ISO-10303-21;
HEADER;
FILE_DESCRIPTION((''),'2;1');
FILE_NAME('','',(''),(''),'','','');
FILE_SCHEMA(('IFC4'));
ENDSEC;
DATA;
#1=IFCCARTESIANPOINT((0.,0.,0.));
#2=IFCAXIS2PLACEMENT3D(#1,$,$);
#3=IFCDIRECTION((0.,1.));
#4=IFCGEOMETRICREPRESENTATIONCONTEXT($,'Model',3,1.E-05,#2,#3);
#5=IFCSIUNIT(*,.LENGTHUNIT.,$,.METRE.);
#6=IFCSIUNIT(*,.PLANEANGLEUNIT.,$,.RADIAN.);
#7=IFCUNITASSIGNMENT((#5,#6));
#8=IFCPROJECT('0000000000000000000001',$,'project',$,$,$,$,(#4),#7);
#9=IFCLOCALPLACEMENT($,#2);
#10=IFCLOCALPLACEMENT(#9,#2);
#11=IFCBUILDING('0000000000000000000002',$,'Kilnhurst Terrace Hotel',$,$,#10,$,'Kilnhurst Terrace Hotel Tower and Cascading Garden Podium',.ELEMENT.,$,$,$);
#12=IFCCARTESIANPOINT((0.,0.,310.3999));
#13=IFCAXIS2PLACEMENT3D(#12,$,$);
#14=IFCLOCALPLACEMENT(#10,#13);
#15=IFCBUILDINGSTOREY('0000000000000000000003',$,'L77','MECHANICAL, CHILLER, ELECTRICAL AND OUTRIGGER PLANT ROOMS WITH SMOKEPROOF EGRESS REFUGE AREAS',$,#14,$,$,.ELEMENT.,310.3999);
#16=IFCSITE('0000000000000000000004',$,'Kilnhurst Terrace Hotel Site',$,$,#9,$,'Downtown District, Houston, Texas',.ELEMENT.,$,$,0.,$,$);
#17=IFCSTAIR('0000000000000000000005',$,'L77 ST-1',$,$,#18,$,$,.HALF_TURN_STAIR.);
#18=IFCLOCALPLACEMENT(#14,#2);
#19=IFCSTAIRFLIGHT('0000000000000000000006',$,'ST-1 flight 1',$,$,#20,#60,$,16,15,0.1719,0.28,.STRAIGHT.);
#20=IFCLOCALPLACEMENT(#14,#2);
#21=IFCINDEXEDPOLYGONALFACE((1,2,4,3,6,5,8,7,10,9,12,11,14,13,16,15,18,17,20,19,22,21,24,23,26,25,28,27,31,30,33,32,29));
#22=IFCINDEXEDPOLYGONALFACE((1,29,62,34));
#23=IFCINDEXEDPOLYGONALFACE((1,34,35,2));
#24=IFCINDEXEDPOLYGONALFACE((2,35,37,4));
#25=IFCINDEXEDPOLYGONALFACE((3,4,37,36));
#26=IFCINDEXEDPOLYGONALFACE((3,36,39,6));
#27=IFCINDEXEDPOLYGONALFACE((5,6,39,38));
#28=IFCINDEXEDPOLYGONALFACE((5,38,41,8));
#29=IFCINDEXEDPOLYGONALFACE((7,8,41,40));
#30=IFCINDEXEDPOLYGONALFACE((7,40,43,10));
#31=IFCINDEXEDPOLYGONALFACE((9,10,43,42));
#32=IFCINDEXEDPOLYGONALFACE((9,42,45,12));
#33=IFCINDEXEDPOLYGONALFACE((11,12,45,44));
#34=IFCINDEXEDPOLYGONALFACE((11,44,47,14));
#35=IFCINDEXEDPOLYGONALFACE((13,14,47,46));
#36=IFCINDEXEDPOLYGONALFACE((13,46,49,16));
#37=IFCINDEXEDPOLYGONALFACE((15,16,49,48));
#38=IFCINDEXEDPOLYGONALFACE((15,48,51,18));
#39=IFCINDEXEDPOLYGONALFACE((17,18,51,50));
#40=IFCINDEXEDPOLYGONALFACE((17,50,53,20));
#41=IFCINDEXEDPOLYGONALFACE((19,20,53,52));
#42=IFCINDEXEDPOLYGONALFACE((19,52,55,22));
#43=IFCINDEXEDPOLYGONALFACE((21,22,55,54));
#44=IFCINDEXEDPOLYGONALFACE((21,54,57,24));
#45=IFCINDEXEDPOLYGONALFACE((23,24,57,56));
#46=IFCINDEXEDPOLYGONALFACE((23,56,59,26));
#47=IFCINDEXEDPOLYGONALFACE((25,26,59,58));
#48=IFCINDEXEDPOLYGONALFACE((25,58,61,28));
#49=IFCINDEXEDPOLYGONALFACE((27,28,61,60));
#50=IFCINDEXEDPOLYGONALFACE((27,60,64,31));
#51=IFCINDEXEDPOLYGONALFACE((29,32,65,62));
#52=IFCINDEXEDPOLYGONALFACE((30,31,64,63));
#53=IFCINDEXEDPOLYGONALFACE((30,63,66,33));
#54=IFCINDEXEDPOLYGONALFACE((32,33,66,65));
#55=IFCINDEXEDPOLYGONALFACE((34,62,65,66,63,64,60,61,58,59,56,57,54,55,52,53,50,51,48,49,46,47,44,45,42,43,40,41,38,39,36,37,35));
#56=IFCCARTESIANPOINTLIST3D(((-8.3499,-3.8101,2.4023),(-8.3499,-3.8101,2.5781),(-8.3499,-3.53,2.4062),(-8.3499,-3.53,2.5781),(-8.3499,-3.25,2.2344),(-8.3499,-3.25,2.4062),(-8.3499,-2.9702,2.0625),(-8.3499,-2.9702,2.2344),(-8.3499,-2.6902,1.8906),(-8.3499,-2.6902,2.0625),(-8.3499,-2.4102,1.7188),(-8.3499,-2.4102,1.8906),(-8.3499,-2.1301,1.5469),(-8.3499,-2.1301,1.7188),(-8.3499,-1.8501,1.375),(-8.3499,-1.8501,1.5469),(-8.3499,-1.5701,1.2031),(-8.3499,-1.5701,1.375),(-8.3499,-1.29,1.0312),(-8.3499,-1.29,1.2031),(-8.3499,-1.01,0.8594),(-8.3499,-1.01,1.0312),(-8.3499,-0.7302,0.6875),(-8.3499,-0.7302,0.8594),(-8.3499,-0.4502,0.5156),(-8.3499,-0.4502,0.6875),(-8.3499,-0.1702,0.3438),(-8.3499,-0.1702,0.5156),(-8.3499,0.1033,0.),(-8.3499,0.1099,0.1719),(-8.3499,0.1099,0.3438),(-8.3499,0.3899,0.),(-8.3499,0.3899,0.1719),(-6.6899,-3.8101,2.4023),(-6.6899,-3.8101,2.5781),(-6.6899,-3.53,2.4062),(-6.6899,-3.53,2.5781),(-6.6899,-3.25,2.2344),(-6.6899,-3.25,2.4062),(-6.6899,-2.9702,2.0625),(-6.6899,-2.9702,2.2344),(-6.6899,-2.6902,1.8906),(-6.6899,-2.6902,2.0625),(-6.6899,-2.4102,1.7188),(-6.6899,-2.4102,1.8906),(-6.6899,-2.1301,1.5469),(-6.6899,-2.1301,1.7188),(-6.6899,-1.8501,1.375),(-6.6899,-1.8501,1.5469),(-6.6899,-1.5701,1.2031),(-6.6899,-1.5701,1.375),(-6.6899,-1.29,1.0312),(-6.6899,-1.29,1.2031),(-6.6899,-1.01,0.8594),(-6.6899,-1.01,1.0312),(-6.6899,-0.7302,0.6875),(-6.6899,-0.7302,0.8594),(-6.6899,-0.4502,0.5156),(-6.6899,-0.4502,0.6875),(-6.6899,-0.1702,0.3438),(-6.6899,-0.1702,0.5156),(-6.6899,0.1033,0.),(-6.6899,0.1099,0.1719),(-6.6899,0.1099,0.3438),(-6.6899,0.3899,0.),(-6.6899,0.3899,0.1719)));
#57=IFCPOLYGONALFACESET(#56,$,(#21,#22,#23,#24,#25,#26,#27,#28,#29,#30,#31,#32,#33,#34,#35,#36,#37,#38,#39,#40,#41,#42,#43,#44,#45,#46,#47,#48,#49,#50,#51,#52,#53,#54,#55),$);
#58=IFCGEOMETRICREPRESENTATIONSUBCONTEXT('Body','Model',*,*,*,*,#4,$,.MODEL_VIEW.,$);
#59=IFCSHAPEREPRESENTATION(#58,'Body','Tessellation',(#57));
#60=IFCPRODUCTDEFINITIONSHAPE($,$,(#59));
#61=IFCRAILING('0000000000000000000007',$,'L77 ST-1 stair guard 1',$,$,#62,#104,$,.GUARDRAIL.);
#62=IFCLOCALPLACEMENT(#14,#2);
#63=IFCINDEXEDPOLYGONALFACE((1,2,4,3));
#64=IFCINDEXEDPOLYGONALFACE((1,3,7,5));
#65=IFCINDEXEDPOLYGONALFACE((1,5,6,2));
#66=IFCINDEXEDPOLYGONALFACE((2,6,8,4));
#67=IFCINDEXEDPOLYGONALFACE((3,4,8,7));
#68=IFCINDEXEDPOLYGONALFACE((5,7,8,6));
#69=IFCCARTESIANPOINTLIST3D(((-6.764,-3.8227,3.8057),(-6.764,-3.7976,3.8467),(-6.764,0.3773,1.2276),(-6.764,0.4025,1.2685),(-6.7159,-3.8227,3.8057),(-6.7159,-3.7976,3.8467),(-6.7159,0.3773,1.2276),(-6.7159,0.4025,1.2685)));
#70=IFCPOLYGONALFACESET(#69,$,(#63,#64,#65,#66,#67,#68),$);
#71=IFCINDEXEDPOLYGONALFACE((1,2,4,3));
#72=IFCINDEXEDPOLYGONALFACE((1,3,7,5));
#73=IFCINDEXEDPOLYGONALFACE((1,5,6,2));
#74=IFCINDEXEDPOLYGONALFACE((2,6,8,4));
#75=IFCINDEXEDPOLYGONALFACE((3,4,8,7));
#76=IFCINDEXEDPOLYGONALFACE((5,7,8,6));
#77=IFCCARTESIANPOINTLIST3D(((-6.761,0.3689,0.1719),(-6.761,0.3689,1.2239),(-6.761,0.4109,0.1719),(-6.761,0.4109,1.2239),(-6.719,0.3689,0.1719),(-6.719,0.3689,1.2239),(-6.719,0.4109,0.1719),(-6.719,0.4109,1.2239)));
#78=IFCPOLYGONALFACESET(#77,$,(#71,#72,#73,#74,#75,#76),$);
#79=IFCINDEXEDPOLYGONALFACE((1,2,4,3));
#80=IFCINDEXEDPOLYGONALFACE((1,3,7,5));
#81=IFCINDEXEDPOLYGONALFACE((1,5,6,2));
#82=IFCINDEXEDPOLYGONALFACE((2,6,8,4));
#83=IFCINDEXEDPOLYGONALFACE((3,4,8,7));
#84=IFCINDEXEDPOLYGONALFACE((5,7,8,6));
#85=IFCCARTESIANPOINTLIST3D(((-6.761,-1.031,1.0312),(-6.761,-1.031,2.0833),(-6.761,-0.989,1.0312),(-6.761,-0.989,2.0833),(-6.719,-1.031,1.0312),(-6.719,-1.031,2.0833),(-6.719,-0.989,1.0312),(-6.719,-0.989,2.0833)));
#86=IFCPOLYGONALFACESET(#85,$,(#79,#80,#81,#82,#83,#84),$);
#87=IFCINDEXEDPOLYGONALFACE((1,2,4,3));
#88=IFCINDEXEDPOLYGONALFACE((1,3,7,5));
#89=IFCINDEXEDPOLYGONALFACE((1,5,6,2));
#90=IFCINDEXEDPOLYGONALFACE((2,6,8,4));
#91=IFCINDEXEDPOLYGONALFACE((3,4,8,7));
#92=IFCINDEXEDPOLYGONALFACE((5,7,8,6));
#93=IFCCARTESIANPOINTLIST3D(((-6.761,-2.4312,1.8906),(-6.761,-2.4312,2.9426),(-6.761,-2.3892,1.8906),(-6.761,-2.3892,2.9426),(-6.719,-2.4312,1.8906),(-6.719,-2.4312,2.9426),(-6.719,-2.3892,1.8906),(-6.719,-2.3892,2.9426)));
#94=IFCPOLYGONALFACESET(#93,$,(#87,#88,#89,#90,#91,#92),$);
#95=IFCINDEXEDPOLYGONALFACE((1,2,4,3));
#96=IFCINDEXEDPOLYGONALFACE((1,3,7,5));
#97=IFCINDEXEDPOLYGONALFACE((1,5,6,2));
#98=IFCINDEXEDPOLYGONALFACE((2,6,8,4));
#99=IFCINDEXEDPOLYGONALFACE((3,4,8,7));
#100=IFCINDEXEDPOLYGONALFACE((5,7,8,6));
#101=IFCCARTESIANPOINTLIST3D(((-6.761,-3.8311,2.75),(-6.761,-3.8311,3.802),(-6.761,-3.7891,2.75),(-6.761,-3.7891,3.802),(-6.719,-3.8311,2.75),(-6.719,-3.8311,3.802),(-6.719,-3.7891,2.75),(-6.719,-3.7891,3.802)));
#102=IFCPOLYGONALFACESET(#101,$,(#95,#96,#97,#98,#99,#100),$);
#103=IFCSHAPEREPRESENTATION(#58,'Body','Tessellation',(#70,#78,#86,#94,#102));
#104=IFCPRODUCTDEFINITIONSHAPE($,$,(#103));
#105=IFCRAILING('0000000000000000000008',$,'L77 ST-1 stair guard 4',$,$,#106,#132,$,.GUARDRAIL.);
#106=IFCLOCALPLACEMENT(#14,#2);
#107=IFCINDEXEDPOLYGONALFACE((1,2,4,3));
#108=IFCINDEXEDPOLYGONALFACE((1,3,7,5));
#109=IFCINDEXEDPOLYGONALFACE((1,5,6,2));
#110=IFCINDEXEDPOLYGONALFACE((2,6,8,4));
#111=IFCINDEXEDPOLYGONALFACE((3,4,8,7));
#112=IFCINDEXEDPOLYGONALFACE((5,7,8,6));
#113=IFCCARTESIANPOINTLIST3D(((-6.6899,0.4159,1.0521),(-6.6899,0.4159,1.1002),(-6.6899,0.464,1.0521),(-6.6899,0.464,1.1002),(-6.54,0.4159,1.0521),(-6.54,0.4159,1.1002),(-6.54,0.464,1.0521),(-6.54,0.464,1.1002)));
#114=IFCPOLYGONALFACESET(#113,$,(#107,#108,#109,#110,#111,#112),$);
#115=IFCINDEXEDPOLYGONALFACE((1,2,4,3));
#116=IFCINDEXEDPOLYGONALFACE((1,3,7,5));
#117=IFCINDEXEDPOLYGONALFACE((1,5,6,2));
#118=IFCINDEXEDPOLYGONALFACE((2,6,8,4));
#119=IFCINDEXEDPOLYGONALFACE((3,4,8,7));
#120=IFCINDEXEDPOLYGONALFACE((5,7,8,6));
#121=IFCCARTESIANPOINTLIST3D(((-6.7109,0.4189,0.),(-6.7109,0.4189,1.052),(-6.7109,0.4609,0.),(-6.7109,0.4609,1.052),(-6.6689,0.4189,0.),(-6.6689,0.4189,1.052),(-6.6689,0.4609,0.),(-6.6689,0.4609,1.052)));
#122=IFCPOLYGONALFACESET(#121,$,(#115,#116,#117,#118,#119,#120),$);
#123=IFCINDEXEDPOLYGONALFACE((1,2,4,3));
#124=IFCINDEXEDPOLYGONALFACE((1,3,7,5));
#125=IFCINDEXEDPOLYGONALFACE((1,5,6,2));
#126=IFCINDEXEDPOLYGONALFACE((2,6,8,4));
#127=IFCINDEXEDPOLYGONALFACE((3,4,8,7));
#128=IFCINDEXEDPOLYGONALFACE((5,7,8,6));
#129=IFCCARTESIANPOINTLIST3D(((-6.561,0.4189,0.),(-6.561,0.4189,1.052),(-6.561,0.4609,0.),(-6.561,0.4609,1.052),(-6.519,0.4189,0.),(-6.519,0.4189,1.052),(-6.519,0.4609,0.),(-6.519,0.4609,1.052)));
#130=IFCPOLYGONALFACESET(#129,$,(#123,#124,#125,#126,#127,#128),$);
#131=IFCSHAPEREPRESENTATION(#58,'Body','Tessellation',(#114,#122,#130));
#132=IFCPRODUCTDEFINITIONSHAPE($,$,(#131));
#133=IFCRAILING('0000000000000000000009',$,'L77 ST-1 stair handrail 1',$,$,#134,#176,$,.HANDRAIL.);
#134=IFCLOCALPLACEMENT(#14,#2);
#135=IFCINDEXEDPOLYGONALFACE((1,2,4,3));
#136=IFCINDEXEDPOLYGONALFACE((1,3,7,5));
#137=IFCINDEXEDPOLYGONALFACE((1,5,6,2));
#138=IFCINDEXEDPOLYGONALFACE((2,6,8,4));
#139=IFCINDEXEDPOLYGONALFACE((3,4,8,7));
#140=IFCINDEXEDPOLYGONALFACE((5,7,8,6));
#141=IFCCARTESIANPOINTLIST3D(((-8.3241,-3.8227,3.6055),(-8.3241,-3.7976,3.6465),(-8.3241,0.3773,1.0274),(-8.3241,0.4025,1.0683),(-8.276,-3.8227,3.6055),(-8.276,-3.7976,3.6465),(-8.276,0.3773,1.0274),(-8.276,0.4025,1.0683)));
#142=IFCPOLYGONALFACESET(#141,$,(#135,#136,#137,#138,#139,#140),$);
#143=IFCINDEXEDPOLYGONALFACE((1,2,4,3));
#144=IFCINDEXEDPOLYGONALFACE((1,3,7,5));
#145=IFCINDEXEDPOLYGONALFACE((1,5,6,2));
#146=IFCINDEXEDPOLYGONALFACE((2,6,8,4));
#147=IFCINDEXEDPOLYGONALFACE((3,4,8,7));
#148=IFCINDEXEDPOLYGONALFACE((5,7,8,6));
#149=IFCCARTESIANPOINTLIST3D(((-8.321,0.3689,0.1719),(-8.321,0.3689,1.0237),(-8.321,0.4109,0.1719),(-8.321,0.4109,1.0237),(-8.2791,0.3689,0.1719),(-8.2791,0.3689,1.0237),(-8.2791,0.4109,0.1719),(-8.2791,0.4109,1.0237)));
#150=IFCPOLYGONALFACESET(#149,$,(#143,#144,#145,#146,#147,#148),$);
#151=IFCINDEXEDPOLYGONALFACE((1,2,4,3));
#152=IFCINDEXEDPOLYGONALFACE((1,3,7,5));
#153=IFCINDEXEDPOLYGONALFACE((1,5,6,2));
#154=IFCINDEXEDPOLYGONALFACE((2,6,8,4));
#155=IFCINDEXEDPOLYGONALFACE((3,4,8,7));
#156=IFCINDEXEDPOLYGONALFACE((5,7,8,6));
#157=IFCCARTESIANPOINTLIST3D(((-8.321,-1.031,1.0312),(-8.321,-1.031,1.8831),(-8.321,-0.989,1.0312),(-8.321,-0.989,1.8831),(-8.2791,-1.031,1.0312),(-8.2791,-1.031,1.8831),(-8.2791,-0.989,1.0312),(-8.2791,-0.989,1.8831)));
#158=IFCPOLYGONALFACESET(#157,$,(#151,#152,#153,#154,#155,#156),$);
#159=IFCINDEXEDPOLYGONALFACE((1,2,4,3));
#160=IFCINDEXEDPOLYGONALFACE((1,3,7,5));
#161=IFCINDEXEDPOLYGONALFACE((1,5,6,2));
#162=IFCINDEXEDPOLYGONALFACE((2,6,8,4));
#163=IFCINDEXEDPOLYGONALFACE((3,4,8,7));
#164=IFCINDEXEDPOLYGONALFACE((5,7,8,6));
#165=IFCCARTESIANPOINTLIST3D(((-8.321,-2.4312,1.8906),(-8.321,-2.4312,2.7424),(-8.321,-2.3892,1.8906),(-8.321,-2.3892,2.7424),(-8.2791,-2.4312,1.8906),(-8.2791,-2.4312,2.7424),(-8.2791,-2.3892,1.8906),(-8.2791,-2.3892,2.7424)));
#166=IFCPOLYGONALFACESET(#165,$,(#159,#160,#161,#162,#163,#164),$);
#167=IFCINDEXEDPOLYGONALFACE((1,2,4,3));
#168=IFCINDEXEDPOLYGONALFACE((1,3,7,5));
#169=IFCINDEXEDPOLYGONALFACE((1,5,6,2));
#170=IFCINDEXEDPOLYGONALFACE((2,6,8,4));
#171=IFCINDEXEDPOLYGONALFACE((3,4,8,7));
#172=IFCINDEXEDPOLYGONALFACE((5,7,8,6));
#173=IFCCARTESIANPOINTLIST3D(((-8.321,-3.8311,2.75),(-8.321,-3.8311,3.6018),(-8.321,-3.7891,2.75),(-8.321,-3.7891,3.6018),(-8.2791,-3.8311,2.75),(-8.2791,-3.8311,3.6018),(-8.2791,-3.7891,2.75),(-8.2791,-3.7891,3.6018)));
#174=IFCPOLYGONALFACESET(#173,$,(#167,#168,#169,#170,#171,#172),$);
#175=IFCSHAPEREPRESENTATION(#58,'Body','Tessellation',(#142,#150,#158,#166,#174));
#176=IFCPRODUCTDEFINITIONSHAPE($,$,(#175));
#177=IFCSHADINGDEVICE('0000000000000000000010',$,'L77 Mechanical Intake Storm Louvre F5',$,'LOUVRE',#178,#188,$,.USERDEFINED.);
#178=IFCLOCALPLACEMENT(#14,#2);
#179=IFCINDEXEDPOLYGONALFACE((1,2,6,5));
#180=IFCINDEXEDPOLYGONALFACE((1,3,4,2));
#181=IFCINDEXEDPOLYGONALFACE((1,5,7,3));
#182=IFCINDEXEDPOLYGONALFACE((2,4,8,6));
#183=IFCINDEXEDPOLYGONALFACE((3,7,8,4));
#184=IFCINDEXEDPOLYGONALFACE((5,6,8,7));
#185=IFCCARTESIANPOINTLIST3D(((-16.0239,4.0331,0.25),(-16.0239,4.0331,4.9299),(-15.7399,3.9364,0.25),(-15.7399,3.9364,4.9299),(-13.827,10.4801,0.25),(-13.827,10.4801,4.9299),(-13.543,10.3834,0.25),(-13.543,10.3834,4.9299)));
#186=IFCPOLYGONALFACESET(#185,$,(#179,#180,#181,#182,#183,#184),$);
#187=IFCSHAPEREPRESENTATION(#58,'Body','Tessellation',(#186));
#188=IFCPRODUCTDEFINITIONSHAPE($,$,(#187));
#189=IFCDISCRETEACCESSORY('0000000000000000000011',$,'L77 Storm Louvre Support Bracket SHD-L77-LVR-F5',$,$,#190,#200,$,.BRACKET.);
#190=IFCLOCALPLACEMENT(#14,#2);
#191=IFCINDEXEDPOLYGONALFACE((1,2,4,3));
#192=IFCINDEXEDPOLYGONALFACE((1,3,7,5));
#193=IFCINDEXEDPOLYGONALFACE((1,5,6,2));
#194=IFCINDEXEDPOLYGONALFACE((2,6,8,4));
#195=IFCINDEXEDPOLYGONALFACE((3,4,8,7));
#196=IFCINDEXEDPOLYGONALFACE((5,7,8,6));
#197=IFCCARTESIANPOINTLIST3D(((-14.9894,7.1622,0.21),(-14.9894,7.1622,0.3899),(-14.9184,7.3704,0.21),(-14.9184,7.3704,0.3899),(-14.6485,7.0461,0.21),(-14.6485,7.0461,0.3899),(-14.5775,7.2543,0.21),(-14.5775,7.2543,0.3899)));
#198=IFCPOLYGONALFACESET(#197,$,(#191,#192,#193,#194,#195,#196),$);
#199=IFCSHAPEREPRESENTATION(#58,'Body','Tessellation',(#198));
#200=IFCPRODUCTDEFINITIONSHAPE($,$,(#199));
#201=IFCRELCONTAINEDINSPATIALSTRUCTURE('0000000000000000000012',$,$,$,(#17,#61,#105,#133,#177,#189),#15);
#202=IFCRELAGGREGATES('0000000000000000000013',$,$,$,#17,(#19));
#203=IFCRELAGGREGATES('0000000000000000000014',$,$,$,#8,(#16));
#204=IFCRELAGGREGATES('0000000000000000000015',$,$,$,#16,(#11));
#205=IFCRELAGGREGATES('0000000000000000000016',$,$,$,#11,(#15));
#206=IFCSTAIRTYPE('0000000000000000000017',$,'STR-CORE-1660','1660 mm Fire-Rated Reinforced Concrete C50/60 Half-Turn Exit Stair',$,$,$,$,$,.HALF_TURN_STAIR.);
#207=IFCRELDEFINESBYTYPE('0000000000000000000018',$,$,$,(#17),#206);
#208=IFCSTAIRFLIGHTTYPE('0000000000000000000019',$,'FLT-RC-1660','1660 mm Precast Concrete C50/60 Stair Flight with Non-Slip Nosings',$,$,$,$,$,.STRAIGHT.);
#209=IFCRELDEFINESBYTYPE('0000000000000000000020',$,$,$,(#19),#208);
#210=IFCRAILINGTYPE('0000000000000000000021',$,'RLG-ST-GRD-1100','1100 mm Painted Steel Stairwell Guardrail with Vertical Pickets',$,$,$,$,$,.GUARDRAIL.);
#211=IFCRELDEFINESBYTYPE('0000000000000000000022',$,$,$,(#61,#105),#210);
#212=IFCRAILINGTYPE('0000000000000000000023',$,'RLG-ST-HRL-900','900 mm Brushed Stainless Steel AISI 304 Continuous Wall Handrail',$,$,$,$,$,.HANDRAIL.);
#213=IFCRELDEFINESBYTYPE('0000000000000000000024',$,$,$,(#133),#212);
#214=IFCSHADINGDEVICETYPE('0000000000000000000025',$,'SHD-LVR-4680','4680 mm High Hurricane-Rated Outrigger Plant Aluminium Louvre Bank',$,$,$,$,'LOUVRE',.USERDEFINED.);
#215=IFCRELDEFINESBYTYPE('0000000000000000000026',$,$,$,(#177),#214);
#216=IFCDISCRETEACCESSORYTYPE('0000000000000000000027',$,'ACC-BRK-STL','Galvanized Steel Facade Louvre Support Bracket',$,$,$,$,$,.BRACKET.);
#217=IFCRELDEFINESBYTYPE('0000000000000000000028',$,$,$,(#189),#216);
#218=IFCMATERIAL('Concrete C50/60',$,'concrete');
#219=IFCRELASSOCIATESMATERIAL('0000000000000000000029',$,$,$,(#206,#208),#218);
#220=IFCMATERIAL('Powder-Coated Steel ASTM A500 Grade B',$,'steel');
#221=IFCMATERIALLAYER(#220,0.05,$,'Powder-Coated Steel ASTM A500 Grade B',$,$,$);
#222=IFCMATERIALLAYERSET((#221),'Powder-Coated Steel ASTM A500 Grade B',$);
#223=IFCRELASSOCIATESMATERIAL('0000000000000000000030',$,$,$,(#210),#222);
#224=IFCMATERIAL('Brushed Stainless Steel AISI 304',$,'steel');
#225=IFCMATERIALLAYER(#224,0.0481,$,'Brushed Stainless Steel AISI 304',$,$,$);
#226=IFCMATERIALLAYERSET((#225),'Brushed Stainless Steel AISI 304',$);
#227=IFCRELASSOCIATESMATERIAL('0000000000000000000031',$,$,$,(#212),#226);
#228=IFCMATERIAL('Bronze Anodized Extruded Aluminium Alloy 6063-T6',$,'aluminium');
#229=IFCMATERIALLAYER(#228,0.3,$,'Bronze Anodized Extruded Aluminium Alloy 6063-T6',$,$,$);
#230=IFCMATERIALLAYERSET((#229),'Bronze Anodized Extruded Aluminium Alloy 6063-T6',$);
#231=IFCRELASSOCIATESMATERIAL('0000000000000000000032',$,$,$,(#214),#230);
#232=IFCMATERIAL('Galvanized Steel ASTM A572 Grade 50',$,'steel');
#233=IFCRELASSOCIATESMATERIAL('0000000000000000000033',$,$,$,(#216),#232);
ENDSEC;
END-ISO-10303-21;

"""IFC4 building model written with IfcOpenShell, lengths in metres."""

from ifc_helpers import new_model, si_unit, direction, frame, origin, origin_2d, place, context, subcontext, project, spatial, polyline, rectangle, outline, extrude, material, layer, layer_set, type_object, element, aggregate, save


model = new_model("IFC4")

# Units and contexts
model_context = context("Model", 3, precision=1e-05, world=origin(), true_north=direction((0.0, 1.0)))
body_context = subcontext(model_context, "Body", "Model", "MODEL_VIEW")
ifc_project = project(units=[si_unit("LENGTHUNIT", "METRE"), si_unit("PLANEANGLEUNIT", "RADIAN")], contexts=[model_context])

# Site, building, storey
site_placement = place(None, origin())
site = spatial("IfcSite", under=ifc_project, at=site_placement, Name="Kilnhurst Terrace Hotel Site", LongName="Downtown District, Houston, Texas", CompositionType="ELEMENT", RefElevation=0.0)
building_placement = place(site_placement, origin())
building = spatial("IfcBuilding", under=site, at=building_placement, Name="Kilnhurst Terrace Hotel", LongName="Kilnhurst Terrace Hotel Tower and Cascading Garden Podium", CompositionType="ELEMENT")
storey_placement = place(building_placement, frame((0.0, 0.0, 310.3999)))
storey = spatial("IfcBuildingStorey", under=building, at=storey_placement, Name="L77", Description="MECHANICAL, CHILLER, ELECTRICAL AND OUTRIGGER PLANT ROOMS WITH SMOKEPROOF EGRESS REFUGE AREAS", CompositionType="ELEMENT", Elevation=310.3999)

# Shared definitions
ifc_material_1 = material(Name="Concrete C50/60", Category="concrete")

# Stair, stair flight
stair_type = type_object("IfcStairType", Name="STR-CORE-1660", Description="1660 mm Fire-Rated Reinforced Concrete C50/60 Half-Turn Exit Stair", PredefinedType="HALF_TURN_STAIR", material=ifc_material_1)
stair_placement = place(storey_placement, origin())
stair = element("IfcStair", 1, at=stair_placement, inside=storey, type_object=stair_type, Name="L77 ST-1", PredefinedType="HALF_TURN_STAIR")
stair_flight_type = type_object("IfcStairFlightType", Name="FLT-RC-1660", Description="1660 mm Precast Concrete C50/60 Stair Flight with Non-Slip Nosings", PredefinedType="STRAIGHT", material=ifc_material_1)
stair_flight_placement = place(storey_placement, frame((-7.52, 0.3899, 0.0), z_axis=(0.0, 0.0, 1.0), x_axis=(0.0, -1.0, 0.0)))
stair_flight = element("IfcStairFlight", 2, at=stair_flight_placement, type_object=stair_flight_type, Name="ST-1 flight 1", NumberOfRisers=16, NumberOfTreads=15, PredefinedType="STRAIGHT", RiserHeight=0.1719, TreadLength=0.28, context=body_context, shape_type="SweptSolid", body=[
    extrude(outline(polyline([(0.0, 0.0), (0.0, 0.1719), (0.28, 0.1719), (0.28, 0.3438), (0.5601, 0.3438), (0.5601, 0.5156), (0.8401, 0.5156), (0.8401, 0.6875), (1.1201, 0.6875), (1.1201, 0.8594), (1.3999, 0.8594), (1.3999, 1.0312), (1.6799, 1.0312), (1.6799, 1.2031), (1.96, 1.2031), (1.96, 1.375), (2.24, 1.375), (2.24, 1.5469), (2.52, 1.5469), (2.52, 1.7188), (2.8, 1.7188), (2.8, 1.8906), (3.0801, 1.8906), (3.0801, 2.0625), (3.3601, 2.0625), (3.3601, 2.2344), (3.6399, 2.2344), (3.6399, 2.4062), (3.9199, 2.4062), (3.9199, 2.5781), (4.2, 2.5781), (4.2, 2.75), (4.2, 2.4023), (0.2866, 0.0), (0.0, 0.0)])), frame((0.0, 0.8301, 0.0), z_axis=(0.0, -1.0, 0.0), x_axis=(1.0, 0.0, 0.0)), (0.0, 0.0, 1.0), 1.6599),
])
aggregate(stair, [stair_flight])

# Railings
ifc_material_2 = material(Name="Powder-Coated Steel ASTM A500 Grade B", Category="steel")
ifc_layer_1 = layer(ifc_material_2, 0.05, Name="Powder-Coated Steel ASTM A500 Grade B")
ifc_layer_set_1 = layer_set([ifc_layer_1], Name="Powder-Coated Steel ASTM A500 Grade B")
railing_type_1 = type_object("IfcRailingType", Name="RLG-ST-GRD-1100", Description="1100 mm Painted Steel Stairwell Guardrail with Vertical Pickets", PredefinedType="GUARDRAIL", material=ifc_layer_set_1)
railing_1_placement = place(storey_placement, frame((-6.74, 0.3899, 0.1719)))
element("IfcRailing", 3, at=railing_1_placement, inside=storey, type_object=railing_type_1, Name="L77 ST-1 stair guard 1", PredefinedType="GUARDRAIL", context=body_context, shape_type="SweptSolid", body=[
    extrude(rectangle(XDim=0.0481, YDim=0.0481, at=origin_2d()), frame((0.0, 0.0, 1.0762), z_axis=(0.0, -0.852243, 0.523146), x_axis=(1.0, 0.0, 0.0)), (0.0, 0.0, 1.0), 4.9282),
    extrude(rectangle(XDim=0.042, YDim=0.042, at=origin_2d()), origin(), (0.0, 0.0, 1.0), 1.052),
    extrude(rectangle(XDim=0.042, YDim=0.042, at=origin_2d()), frame((0.0, -1.3999, 0.8594)), (0.0, 0.0, 1.0), 1.052),
    extrude(rectangle(XDim=0.042, YDim=0.042, at=origin_2d()), frame((0.0, -2.8, 1.7188)), (0.0, 0.0, 1.0), 1.052),
    extrude(rectangle(XDim=0.042, YDim=0.042, at=origin_2d()), frame((0.0, -4.2, 2.5781)), (0.0, 0.0, 1.0), 1.052),
])
railing_2_placement = place(storey_placement, frame((-6.6899, 0.4399, 0.0)))
element("IfcRailing", 4, at=railing_2_placement, inside=storey, type_object=railing_type_1, Name="L77 ST-1 stair guard 4", PredefinedType="GUARDRAIL", context=body_context, shape_type="SweptSolid", body=[
    extrude(rectangle(XDim=0.0481, YDim=0.0481, at=origin_2d()), frame((0.0, 0.0, 1.0762), z_axis=(1.0, 0.0, 0.0), x_axis=(0.0, 1.0, 0.0)), (0.0, 0.0, 1.0), 0.1499),
    extrude(rectangle(XDim=0.042, YDim=0.042, at=origin_2d()), origin(), (0.0, 0.0, 1.0), 1.052),
    extrude(rectangle(XDim=0.042, YDim=0.042, at=origin_2d()), frame((0.1499, 0.0, 0.0)), (0.0, 0.0, 1.0), 1.052),
])
ifc_material_3 = material(Name="Brushed Stainless Steel AISI 304", Category="steel")
ifc_layer_2 = layer(ifc_material_3, 0.0481, Name="Brushed Stainless Steel AISI 304")
ifc_layer_set_2 = layer_set([ifc_layer_2], Name="Brushed Stainless Steel AISI 304")
railing_type_2 = type_object("IfcRailingType", Name="RLG-ST-HRL-900", Description="900 mm Brushed Stainless Steel AISI 304 Continuous Wall Handrail", PredefinedType="HANDRAIL", material=ifc_layer_set_2)
railing_3_placement = place(storey_placement, frame((-8.3, 0.3899, 0.1719)))
element("IfcRailing", 5, at=railing_3_placement, inside=storey, type_object=railing_type_2, Name="L77 ST-1 stair handrail 1", PredefinedType="HANDRAIL", context=body_context, shape_type="SweptSolid", body=[
    extrude(rectangle(XDim=0.0481, YDim=0.0481, at=origin_2d()), frame((0.0, 0.0, 0.876), z_axis=(0.0, -0.852243, 0.523146), x_axis=(1.0, 0.0, 0.0)), (0.0, 0.0, 1.0), 4.9282),
    extrude(rectangle(XDim=0.042, YDim=0.042, at=origin_2d()), origin(), (0.0, 0.0, 1.0), 0.8518),
    extrude(rectangle(XDim=0.042, YDim=0.042, at=origin_2d()), frame((0.0, -1.3999, 0.8594)), (0.0, 0.0, 1.0), 0.8518),
    extrude(rectangle(XDim=0.042, YDim=0.042, at=origin_2d()), frame((0.0, -2.8, 1.7188)), (0.0, 0.0, 1.0), 0.8518),
    extrude(rectangle(XDim=0.042, YDim=0.042, at=origin_2d()), frame((0.0, -4.2, 2.5781)), (0.0, 0.0, 1.0), 0.8518),
])

# Shading device
ifc_material_4 = material(Name="Bronze Anodized Extruded Aluminium Alloy 6063-T6", Category="aluminium")
ifc_layer_3 = layer(ifc_material_4, 0.3, Name="Bronze Anodized Extruded Aluminium Alloy 6063-T6")
ifc_layer_set_3 = layer_set([ifc_layer_3], Name="Bronze Anodized Extruded Aluminium Alloy 6063-T6")
shading_device_type = type_object("IfcShadingDeviceType", Name="SHD-LVR-4680", Description="4680 mm High Hurricane-Rated Outrigger Plant Aluminium Louvre Bank", ElementType="LOUVRE", PredefinedType="USERDEFINED", material=ifc_layer_set_3)
shading_device_placement = place(storey_placement, frame((-14.7834, 7.2083, 0.25), z_axis=(0.0, 0.0, 1.0), x_axis=(-0.322547, -0.946554, 0.0)))
element("IfcShadingDevice", 6, at=shading_device_placement, inside=storey, type_object=shading_device_type, Name="L77 Mechanical Intake Storm Louvre F5", ObjectType="LOUVRE", PredefinedType="USERDEFINED", context=body_context, shape_type="SweptSolid", body=[
    extrude(rectangle(XDim=6.811, YDim=0.3, at=origin_2d()), origin(), (0.0, 0.0, 1.0), 4.6799),
])

# Discrete accessory
ifc_material_5 = material(Name="Galvanized Steel ASTM A572 Grade 50", Category="steel")
discrete_accessory_type = type_object("IfcDiscreteAccessoryType", Name="ACC-BRK-STL", Description="Galvanized Steel Facade Louvre Support Bracket", PredefinedType="BRACKET", material=ifc_material_5)
discrete_accessory_placement = place(storey_placement, frame((-14.7834, 7.2083, 0.21), z_axis=(0.0, 0.0, 1.0), x_axis=(-0.322547, -0.946554, 0.0)))
element("IfcDiscreteAccessory", 7, at=discrete_accessory_placement, inside=storey, type_object=discrete_accessory_type, Name="L77 Storm Louvre Support Bracket SHD-L77-LVR-F5", PredefinedType="BRACKET", context=body_context, shape_type="SweptSolid", body=[
    extrude(rectangle(XDim=0.22, YDim=0.3601, at=origin_2d()), origin(), (0.0, 0.0, 1.0), 0.1799),
])

save(model, "model.ifc")
